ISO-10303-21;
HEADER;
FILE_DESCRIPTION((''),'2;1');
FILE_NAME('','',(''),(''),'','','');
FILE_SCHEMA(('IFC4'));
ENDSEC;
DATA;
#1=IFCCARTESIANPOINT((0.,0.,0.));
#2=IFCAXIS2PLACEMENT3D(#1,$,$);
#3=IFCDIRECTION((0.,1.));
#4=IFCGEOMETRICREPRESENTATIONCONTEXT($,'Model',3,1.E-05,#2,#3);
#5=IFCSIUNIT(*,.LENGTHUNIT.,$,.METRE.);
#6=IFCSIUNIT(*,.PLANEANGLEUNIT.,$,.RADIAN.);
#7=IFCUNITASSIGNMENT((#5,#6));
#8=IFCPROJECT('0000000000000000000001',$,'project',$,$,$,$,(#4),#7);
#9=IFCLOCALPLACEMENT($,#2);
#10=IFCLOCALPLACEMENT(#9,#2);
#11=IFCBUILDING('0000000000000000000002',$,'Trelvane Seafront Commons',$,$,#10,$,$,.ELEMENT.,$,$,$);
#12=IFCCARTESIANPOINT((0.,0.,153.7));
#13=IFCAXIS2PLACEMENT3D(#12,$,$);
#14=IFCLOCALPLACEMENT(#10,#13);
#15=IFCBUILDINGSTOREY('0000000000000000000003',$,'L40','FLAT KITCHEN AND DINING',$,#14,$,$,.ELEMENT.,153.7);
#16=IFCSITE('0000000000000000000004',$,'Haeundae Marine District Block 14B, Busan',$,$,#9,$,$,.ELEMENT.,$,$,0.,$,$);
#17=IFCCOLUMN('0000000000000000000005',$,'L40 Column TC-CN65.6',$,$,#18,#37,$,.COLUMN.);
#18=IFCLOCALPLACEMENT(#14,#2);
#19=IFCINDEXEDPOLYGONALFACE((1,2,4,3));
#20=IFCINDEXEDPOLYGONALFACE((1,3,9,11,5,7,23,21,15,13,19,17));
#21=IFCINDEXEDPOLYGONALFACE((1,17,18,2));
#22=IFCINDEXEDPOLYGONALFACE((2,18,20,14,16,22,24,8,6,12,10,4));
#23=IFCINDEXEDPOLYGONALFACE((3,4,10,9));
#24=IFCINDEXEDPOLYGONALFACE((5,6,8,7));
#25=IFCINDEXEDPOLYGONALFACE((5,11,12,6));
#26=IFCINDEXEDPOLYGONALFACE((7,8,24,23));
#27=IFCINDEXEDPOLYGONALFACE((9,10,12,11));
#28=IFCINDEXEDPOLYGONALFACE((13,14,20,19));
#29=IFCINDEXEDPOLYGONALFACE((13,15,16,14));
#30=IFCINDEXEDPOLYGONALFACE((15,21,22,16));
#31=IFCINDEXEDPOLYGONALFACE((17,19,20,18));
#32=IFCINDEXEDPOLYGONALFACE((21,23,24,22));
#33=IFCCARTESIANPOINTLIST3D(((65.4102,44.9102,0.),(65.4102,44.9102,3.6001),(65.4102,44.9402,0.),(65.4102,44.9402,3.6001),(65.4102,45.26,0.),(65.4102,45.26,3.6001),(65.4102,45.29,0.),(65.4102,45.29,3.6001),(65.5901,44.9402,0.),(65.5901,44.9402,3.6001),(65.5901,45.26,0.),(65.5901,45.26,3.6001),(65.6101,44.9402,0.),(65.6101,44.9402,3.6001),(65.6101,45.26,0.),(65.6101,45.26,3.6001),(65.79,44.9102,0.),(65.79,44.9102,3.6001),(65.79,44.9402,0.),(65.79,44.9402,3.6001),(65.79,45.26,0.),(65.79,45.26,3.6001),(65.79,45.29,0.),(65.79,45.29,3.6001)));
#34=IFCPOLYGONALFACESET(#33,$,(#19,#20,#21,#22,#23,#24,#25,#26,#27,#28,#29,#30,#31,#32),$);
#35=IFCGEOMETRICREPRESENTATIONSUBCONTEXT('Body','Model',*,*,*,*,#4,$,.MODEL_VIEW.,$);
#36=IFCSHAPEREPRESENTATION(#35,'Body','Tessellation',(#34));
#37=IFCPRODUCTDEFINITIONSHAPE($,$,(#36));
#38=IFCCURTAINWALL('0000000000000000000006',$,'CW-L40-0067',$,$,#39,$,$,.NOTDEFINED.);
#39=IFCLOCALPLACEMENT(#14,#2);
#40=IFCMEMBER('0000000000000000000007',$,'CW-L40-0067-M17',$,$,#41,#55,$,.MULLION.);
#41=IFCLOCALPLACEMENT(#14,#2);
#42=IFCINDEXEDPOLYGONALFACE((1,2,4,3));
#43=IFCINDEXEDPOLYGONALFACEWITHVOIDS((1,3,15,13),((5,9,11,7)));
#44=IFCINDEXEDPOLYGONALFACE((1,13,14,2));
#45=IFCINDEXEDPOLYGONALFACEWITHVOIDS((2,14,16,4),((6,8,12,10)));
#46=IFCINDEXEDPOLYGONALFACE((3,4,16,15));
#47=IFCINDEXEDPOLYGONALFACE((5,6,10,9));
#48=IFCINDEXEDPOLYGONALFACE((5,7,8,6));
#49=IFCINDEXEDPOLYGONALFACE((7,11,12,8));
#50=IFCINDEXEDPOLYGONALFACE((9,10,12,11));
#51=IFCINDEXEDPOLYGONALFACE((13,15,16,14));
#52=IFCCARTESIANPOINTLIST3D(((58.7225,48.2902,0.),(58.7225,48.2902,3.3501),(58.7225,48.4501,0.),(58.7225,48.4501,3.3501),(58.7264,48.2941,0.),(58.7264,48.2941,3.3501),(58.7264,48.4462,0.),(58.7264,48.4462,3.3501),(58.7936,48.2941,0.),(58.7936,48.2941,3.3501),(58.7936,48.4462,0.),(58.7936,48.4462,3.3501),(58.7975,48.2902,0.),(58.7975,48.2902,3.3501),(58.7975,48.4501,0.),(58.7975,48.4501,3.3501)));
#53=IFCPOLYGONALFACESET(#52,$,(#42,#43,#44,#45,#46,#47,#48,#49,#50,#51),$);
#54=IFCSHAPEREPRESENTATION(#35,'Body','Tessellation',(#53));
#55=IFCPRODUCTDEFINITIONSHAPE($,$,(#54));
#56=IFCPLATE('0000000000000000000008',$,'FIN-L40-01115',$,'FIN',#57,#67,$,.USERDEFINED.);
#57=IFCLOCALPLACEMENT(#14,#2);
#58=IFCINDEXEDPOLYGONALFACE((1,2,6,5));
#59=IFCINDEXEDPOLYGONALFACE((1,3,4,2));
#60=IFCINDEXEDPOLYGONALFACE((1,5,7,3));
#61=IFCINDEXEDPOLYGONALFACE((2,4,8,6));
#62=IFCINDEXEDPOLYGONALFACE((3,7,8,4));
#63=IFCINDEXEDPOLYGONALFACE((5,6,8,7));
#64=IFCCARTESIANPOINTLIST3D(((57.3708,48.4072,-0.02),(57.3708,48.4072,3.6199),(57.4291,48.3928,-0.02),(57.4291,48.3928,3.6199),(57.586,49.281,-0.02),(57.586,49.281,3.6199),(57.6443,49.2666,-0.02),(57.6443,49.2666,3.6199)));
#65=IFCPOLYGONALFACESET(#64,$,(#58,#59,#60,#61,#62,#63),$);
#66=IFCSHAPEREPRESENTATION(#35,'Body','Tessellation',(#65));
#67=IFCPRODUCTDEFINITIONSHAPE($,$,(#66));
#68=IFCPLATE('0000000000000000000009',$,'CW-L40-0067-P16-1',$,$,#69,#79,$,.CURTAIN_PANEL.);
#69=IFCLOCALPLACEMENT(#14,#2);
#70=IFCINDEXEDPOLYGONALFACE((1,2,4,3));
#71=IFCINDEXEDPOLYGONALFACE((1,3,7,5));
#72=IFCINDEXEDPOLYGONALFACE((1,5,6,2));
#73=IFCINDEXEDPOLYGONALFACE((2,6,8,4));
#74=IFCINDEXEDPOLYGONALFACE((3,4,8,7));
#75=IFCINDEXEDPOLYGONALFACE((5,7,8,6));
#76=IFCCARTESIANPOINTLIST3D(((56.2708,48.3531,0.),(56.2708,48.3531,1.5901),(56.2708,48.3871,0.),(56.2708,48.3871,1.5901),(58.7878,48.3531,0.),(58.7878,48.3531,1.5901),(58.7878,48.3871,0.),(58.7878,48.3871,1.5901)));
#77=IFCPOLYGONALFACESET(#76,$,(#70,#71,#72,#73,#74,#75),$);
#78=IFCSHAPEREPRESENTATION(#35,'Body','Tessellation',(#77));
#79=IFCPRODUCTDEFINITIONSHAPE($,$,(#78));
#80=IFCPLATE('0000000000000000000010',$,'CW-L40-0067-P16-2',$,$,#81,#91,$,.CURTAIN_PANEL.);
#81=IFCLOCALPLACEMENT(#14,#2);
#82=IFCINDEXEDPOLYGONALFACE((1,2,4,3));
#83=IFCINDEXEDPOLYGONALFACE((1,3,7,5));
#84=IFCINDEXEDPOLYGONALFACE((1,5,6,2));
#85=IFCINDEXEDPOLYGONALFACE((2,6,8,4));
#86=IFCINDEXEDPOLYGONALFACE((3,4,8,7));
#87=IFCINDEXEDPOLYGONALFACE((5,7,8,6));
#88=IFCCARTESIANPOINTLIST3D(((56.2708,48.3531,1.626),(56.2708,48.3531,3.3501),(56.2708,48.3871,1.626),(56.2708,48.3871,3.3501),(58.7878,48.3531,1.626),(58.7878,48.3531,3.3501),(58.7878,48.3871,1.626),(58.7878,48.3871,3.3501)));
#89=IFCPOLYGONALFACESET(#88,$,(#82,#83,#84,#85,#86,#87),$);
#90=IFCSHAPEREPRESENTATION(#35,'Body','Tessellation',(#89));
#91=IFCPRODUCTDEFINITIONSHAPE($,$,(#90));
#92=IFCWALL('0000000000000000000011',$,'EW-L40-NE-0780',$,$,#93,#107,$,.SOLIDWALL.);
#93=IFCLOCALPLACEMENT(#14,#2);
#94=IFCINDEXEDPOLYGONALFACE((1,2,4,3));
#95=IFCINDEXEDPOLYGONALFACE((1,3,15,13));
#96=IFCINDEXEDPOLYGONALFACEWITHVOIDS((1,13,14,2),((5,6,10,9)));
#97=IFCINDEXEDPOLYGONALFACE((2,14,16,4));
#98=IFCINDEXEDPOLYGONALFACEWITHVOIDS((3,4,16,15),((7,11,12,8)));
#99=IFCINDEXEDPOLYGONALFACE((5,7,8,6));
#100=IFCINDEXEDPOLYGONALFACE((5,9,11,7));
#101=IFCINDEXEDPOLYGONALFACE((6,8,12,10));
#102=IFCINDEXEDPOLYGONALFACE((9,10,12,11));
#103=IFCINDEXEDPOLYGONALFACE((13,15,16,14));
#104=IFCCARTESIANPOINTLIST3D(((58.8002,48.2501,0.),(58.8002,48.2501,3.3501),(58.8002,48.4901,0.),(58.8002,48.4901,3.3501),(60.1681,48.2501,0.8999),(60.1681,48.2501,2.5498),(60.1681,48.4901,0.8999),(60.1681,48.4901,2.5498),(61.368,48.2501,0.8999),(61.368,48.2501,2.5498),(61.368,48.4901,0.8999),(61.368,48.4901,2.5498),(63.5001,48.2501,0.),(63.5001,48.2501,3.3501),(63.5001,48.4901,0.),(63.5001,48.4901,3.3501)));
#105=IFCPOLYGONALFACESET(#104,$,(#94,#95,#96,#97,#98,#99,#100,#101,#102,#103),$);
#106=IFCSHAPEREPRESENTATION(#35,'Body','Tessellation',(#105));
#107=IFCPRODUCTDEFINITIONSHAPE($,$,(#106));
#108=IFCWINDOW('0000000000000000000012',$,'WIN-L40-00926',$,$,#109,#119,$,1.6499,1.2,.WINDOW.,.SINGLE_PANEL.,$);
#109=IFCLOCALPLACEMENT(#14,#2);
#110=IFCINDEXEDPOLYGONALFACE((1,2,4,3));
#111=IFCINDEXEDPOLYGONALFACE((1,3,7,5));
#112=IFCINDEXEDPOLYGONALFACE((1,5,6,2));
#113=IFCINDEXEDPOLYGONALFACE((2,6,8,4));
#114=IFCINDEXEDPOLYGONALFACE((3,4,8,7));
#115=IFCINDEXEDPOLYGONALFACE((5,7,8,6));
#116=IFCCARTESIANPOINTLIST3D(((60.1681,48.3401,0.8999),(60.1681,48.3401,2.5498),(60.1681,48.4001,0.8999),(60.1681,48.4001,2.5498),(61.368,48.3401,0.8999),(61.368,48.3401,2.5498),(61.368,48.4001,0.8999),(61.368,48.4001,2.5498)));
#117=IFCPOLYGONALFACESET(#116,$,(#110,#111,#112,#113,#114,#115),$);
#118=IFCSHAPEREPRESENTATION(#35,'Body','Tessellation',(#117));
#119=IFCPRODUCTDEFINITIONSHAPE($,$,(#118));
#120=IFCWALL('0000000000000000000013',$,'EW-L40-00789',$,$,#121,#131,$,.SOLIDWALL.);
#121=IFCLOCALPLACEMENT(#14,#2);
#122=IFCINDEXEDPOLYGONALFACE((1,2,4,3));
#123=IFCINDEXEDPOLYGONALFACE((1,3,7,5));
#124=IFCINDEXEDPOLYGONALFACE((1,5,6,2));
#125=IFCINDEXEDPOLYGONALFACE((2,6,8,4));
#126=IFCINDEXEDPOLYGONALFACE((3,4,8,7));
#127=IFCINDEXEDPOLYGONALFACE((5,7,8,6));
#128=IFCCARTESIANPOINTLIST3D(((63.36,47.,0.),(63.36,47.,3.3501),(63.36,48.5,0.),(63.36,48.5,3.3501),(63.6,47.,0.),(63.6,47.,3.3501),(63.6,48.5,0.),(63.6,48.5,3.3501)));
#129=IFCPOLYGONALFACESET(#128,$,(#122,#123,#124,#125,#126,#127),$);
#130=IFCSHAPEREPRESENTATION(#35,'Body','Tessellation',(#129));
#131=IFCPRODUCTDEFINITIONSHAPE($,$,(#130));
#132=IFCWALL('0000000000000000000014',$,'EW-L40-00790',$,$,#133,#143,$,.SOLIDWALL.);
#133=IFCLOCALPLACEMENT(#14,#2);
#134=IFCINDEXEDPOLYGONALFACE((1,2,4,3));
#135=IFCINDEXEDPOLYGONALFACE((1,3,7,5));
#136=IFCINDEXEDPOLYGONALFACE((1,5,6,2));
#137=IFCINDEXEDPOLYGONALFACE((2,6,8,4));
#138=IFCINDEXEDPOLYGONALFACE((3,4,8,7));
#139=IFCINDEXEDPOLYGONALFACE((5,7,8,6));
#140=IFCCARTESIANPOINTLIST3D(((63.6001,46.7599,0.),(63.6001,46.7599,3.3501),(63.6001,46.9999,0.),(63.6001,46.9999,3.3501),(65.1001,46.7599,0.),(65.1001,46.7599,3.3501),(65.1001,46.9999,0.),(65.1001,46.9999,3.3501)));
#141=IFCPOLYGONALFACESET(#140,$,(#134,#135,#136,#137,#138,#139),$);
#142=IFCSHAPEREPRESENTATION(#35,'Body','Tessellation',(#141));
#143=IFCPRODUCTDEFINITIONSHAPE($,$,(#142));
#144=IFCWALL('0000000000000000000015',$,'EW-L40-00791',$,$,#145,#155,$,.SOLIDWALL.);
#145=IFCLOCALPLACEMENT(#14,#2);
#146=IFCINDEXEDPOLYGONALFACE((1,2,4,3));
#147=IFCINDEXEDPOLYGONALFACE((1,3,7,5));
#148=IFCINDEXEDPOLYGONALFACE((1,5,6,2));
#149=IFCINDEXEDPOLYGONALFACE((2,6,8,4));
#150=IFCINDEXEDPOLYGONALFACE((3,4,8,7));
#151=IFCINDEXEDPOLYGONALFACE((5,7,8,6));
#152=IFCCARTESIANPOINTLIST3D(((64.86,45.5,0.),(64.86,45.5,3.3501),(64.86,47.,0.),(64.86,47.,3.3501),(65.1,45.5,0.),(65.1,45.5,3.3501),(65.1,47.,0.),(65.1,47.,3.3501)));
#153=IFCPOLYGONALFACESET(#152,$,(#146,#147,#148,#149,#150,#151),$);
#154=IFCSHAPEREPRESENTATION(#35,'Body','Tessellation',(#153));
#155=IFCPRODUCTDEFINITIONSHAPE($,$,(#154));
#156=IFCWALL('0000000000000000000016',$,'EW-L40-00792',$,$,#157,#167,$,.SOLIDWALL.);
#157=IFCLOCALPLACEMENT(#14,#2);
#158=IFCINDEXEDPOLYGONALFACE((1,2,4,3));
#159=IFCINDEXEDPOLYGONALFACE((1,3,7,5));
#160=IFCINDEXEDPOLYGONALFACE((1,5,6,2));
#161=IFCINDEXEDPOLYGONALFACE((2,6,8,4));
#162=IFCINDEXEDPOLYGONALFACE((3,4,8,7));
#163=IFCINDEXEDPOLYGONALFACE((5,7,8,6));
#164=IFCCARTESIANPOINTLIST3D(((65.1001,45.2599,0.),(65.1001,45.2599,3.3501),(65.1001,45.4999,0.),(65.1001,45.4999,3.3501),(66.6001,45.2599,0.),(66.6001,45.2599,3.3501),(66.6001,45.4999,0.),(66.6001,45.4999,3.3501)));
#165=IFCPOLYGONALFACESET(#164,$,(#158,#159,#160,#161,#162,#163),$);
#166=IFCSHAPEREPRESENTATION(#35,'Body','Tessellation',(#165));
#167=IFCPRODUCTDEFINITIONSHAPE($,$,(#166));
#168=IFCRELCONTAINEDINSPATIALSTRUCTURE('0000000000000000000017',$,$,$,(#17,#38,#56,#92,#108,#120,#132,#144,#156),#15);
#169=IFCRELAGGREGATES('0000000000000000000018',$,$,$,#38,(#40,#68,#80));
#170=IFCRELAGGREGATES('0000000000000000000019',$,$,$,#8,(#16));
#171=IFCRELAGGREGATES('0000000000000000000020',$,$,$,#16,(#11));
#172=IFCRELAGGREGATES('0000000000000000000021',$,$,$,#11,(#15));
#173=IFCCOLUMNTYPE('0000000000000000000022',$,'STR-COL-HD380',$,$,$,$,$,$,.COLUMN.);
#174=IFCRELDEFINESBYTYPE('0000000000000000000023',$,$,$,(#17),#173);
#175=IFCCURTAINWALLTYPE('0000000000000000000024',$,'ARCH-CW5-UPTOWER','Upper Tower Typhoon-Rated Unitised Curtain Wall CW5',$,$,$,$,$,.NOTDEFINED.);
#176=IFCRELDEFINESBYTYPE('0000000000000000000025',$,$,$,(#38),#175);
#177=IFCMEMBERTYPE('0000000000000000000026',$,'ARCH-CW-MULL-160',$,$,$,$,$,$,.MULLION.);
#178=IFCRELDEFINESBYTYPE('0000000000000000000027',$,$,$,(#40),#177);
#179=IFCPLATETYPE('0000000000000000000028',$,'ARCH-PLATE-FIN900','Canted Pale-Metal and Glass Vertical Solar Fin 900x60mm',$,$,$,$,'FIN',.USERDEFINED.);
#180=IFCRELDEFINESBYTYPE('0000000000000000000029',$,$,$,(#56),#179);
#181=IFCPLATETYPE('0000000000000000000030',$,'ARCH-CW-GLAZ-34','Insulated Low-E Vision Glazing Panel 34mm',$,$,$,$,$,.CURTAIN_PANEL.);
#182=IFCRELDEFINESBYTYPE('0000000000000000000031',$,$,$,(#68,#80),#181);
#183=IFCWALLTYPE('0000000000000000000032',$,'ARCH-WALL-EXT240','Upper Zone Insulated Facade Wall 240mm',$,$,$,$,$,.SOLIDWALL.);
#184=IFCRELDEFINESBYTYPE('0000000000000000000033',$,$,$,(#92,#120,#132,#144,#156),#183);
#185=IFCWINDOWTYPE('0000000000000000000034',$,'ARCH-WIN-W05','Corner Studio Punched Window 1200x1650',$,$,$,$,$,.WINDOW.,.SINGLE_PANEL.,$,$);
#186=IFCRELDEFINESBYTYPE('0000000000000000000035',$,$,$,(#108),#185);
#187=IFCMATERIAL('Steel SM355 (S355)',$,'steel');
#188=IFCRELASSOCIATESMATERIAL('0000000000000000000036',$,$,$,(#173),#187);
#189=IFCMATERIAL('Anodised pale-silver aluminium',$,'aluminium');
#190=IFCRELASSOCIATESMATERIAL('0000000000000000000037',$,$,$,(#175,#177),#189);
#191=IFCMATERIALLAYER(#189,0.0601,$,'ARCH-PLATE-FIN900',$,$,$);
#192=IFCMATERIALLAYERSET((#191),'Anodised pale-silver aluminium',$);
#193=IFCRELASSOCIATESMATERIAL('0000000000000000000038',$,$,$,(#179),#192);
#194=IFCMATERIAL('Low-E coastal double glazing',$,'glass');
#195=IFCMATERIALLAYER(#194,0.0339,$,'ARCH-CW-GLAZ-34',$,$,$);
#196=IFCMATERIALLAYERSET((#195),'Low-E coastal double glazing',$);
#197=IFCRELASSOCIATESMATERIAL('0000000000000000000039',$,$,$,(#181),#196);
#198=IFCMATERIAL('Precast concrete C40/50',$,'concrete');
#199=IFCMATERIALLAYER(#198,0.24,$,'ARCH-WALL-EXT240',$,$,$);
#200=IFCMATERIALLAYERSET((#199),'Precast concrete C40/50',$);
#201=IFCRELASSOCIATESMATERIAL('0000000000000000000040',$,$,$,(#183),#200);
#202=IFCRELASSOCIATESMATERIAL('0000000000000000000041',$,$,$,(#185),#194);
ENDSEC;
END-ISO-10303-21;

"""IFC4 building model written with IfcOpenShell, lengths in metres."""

from ifc_helpers import new_model, si_unit, direction, frame, frame_2d, origin, origin_2d, place, context, subcontext, project, spatial, rectangle, hollow_rectangle, i_section, extrude, source, transform, mapped, material, layer, layer_set, material_profile, profile_set, type_object, element, fill, aggregate, save


model = new_model("IFC4")

# Units and contexts
model_context = context("Model", 3, precision=1e-05, world=origin(), true_north=direction((0.0, 1.0)))
body_context = subcontext(model_context, "Body", "Model", "MODEL_VIEW")
ifc_project = project(units=[si_unit("LENGTHUNIT", "METRE"), si_unit("PLANEANGLEUNIT", "RADIAN")], contexts=[model_context])

# Site, building, storey
site_placement = place(None, origin())
site = spatial("IfcSite", under=ifc_project, at=site_placement, Name="Haeundae Marine District Block 14B, Busan", CompositionType="ELEMENT", RefElevation=0.0)
building_placement = place(site_placement, origin())
building = spatial("IfcBuilding", under=site, at=building_placement, Name="Trelvane Seafront Commons", CompositionType="ELEMENT")
storey_placement = place(building_placement, frame((0.0, 0.0, 153.7)))
storey = spatial("IfcBuildingStorey", under=building, at=storey_placement, Name="L40", Description="FLAT KITCHEN AND DINING", CompositionType="ELEMENT", Elevation=153.7)

# Column
ifc_material_1 = material(Name="Steel SM355 (S355)", Category="steel")
ifc_material_profile_1 = material_profile(ifc_material_1, i_section(OverallWidth=0.3799, OverallDepth=0.3799, WebThickness=0.02, FlangeThickness=0.03, at=origin_2d()), Name="HD-380x380x20x30")
ifc_profile_set_1 = profile_set([ifc_material_profile_1], Name="Steel SM355 (S355)")
column_type = type_object("IfcColumnType", Name="STR-COL-HD380", PredefinedType="COLUMN", material=ifc_profile_set_1)
shared_shape_1 = source(origin(), body_context, "Body", "SweptSolid", [
    extrude(i_section(OverallWidth=0.3799, OverallDepth=0.3799, WebThickness=0.02, FlangeThickness=0.03, at=origin_2d()), origin(), (0.0, 0.0, 1.0), 3.6001),
])
column_placement = place(storey_placement, frame((65.6001, 45.1001, 0.0), z_axis=(0.0, 0.0, 1.0), x_axis=(1.0, 0.0, 0.0)))
element("IfcColumn", 1, at=column_placement, inside=storey, type_object=column_type, Name="L40 Column TC-CN65.6", PredefinedType="COLUMN", context=body_context, shape_type="MappedRepresentation", body=[
    mapped(shared_shape_1, transform((0.0, 0.0, 0.0), x_axis=(1.0, 0.0, 0.0), y_axis=(0.0, 1.0, 0.0), z_axis=(0.0, 0.0, 1.0), scale=1.0)),
])

# Curtain wall, member
ifc_material_2 = material(Name="Anodised pale-silver aluminium", Category="aluminium")
curtain_wall_type = type_object("IfcCurtainWallType", Name="ARCH-CW5-UPTOWER", Description="Upper Tower Typhoon-Rated Unitised Curtain Wall CW5", PredefinedType="NOTDEFINED", material=ifc_material_2)
curtain_wall_placement = place(storey_placement, origin())
curtain_wall = element("IfcCurtainWall", 2, at=curtain_wall_placement, inside=storey, type_object=curtain_wall_type, Name="CW-L40-0067", PredefinedType="NOTDEFINED")
ifc_material_profile_2 = material_profile(ifc_material_2, hollow_rectangle(XDim=0.075, YDim=0.1599, WallThickness=0.0039, at=origin_2d()), Name="MULL-75x160x4")
ifc_profile_set_2 = profile_set([ifc_material_profile_2], Name="Anodised pale-silver aluminium")
member_type = type_object("IfcMemberType", Name="ARCH-CW-MULL-160", PredefinedType="MULLION", material=ifc_profile_set_2)
shared_shape_2 = source(origin(), body_context, "Body", "SweptSolid", [
    extrude(hollow_rectangle(XDim=0.075, YDim=0.1599, WallThickness=0.0039, at=origin_2d()), origin(), (0.0, 0.0, 1.0), 3.3501),
])
member_placement = place(storey_placement, frame((58.76, 48.3701, 0.0), z_axis=(0.0, 0.0, 1.0), x_axis=(1.0, 0.0, 0.0)))
member = element("IfcMember", 3, at=member_placement, type_object=member_type, Name="CW-L40-0067-M17", PredefinedType="MULLION", context=body_context, shape_type="MappedRepresentation", body=[
    mapped(shared_shape_2, transform((0.0, 0.0, 0.0), x_axis=(1.0, 0.0, 0.0), y_axis=(0.0, 1.0, 0.0), z_axis=(0.0, 0.0, 1.0), scale=1.0)),
])

# Plates
ifc_layer_1 = layer(ifc_material_2, 0.0601, Name="ARCH-PLATE-FIN900")
ifc_layer_set_1 = layer_set([ifc_layer_1], Name="Anodised pale-silver aluminium")
plate_type_1 = type_object("IfcPlateType", Name="ARCH-PLATE-FIN900", Description="Canted Pale-Metal and Glass Vertical Solar Fin 900x60mm", ElementType="FIN", PredefinedType="USERDEFINED", material=ifc_layer_set_1)
shared_shape_3 = source(origin(), body_context, "Body", "SweptSolid", [
    extrude(rectangle(XDim=0.8999, YDim=0.0601, at=origin_2d()), origin(), (0.0, 0.0, 1.0), 3.6399),
])
plate_1_placement = place(storey_placement, frame((57.5076, 48.8369, -0.02), z_axis=(0.0, 0.0, 1.0), x_axis=(0.23911, 0.970993, 0.0)))
element("IfcPlate", 4, at=plate_1_placement, inside=storey, type_object=plate_type_1, Name="FIN-L40-01115", ObjectType="FIN", PredefinedType="USERDEFINED", context=body_context, shape_type="MappedRepresentation", body=[
    mapped(shared_shape_3, transform((0.0, 0.0, 0.0), x_axis=(1.0, 0.0, 0.0), y_axis=(0.0, 1.0, 0.0), z_axis=(0.0, 0.0, 1.0), scale=1.0)),
])
ifc_material_3 = material(Name="Low-E coastal double glazing", Category="glass")
ifc_layer_2 = layer(ifc_material_3, 0.0339, Name="ARCH-CW-GLAZ-34")
ifc_layer_set_2 = layer_set([ifc_layer_2], Name="Low-E coastal double glazing")
plate_type_2 = type_object("IfcPlateType", Name="ARCH-CW-GLAZ-34", Description="Insulated Low-E Vision Glazing Panel 34mm", PredefinedType="CURTAIN_PANEL", material=ifc_layer_set_2)
shared_shape_4 = source(origin(), body_context, "Body", "SweptSolid", [
    extrude(rectangle(XDim=2.5171, YDim=0.0339, at=origin_2d()), origin(), (0.0, 0.0, 1.0), 1.5901),
])
plate_2_placement = place(storey_placement, frame((57.5293, 48.3701, 0.0), z_axis=(0.0, 0.0, 1.0), x_axis=(1.0, 0.0, 0.0)))
plate_2 = element("IfcPlate", 5, at=plate_2_placement, type_object=plate_type_2, Name="CW-L40-0067-P16-1", PredefinedType="CURTAIN_PANEL", context=body_context, shape_type="MappedRepresentation", body=[
    mapped(shared_shape_4, transform((0.0, 0.0, 0.0), x_axis=(1.0, 0.0, 0.0), y_axis=(0.0, 1.0, 0.0), z_axis=(0.0, 0.0, 1.0), scale=1.0)),
])
shared_shape_5 = source(origin(), body_context, "Body", "SweptSolid", [
    extrude(rectangle(XDim=2.5171, YDim=0.0339, at=origin_2d()), origin(), (0.0, 0.0, 1.0), 1.7241),
])
plate_3_placement = place(storey_placement, frame((57.5293, 48.3701, 1.626), z_axis=(0.0, 0.0, 1.0), x_axis=(1.0, 0.0, 0.0)))
plate_3 = element("IfcPlate", 6, at=plate_3_placement, type_object=plate_type_2, Name="CW-L40-0067-P16-2", PredefinedType="CURTAIN_PANEL", context=body_context, shape_type="MappedRepresentation", body=[
    mapped(shared_shape_5, transform((0.0, 0.0, 0.0), x_axis=(1.0, 0.0, 0.0), y_axis=(0.0, 1.0, 0.0), z_axis=(0.0, 0.0, 1.0), scale=1.0)),
])
aggregate(curtain_wall, [member, plate_2, plate_3])

# Wall, opening, window
ifc_material_4 = material(Name="Precast concrete C40/50", Category="concrete")
ifc_layer_3 = layer(ifc_material_4, 0.24, Name="ARCH-WALL-EXT240")
ifc_layer_set_3 = layer_set([ifc_layer_3], Name="Precast concrete C40/50")
wall_type = type_object("IfcWallType", Name="ARCH-WALL-EXT240", Description="Upper Zone Insulated Facade Wall 240mm", PredefinedType="SOLIDWALL", material=ifc_layer_set_3)
wall_1_placement = place(storey_placement, frame((58.8, 48.3701, 0.0), z_axis=(0.0, 0.0, 1.0), x_axis=(1.0, 0.0, 0.0)))
wall_1 = element("IfcWall", 7, at=wall_1_placement, inside=storey, type_object=wall_type, Name="EW-L40-NE-0780", PredefinedType="SOLIDWALL", context=body_context, shape_type="SweptSolid", body=[
    extrude(rectangle(XDim=4.7, YDim=0.24, at=frame_2d((2.3501, 0.0))), origin(), (0.0, 0.0, 1.0), 3.3501),
])
opening_1_placement = place(wall_1_placement, frame((1.3679, 0.0, 0.8999)))
opening_1 = element("IfcOpeningElement", 8, at=opening_1_placement, cuts=wall_1, PredefinedType="OPENING", context=body_context, shape_type="SweptSolid", body=[
    extrude(rectangle(XDim=1.2, YDim=1.6499, at=frame_2d((0.6001, 0.825))), frame((0.0, 0.1299, 0.0), z_axis=(0.0, -1.0, 0.0), x_axis=(1.0, 0.0, 0.0)), (0.0, 0.0, 1.0), 0.26),
])
window_type_1 = type_object("IfcWindowType", Name="ARCH-WIN-W05", Description="Corner Studio Punched Window 1200x1650", PartitioningType="SINGLE_PANEL", PredefinedType="WINDOW", material=ifc_material_3)
shared_shape_6 = source(origin(), body_context, "Body", "SweptSolid", [
    extrude(rectangle(XDim=1.2, YDim=1.6499, at=frame_2d((0.6001, 0.825))), frame((0.0, 0.03, 0.0), z_axis=(0.0, -1.0, 0.0), x_axis=(1.0, 0.0, 0.0)), (0.0, 0.0, 1.0), 0.0601),
])
window_1_placement = place(opening_1_placement, origin())
window_1 = element("IfcWindow", 9, at=window_1_placement, inside=storey, type_object=window_type_1, Name="WIN-L40-00926", OverallHeight=1.6499, OverallWidth=1.2, PartitioningType="SINGLE_PANEL", PredefinedType="WINDOW", context=body_context, shape_type="MappedRepresentation", body=[
    mapped(shared_shape_6, transform((0.0, 0.0, 0.0), x_axis=(1.0, 0.0, 0.0), y_axis=(0.0, 1.0, 0.0), z_axis=(0.0, 0.0, 1.0), scale=1.0)),
])
fill(opening_1, window_1)

# Walls
for number, where, z_axis, x_axis, name in (
    (10, (63.48, 48.5, 0.0), (0.0, 0.0, 1.0), (0.0, -1.0, 0.0), "EW-L40-00789"),
    (11, (63.6001, 46.8799, 0.0), (0.0, 0.0, 1.0), (1.0, 0.0, 0.0), "EW-L40-00790"),
    (12, (64.98, 47.0, 0.0), (0.0, 0.0, 1.0), (0.0, -1.0, 0.0), "EW-L40-00791"),
    (13, (65.1001, 45.3799, 0.0), (0.0, 0.0, 1.0), (1.0, 0.0, 0.0), "EW-L40-00792"),
):
    element("IfcWall", number, at=place(storey_placement, frame(where, z_axis=z_axis, x_axis=x_axis)), inside=storey, type_object=wall_type, Name=name, PredefinedType="SOLIDWALL", context=body_context, shape_type="SweptSolid", body=[
        extrude(rectangle(XDim=1.5, YDim=0.24, at=frame_2d((0.75, 0.0))), origin(), (0.0, 0.0, 1.0), 3.3501),
    ])

save(model, "model.ifc")
